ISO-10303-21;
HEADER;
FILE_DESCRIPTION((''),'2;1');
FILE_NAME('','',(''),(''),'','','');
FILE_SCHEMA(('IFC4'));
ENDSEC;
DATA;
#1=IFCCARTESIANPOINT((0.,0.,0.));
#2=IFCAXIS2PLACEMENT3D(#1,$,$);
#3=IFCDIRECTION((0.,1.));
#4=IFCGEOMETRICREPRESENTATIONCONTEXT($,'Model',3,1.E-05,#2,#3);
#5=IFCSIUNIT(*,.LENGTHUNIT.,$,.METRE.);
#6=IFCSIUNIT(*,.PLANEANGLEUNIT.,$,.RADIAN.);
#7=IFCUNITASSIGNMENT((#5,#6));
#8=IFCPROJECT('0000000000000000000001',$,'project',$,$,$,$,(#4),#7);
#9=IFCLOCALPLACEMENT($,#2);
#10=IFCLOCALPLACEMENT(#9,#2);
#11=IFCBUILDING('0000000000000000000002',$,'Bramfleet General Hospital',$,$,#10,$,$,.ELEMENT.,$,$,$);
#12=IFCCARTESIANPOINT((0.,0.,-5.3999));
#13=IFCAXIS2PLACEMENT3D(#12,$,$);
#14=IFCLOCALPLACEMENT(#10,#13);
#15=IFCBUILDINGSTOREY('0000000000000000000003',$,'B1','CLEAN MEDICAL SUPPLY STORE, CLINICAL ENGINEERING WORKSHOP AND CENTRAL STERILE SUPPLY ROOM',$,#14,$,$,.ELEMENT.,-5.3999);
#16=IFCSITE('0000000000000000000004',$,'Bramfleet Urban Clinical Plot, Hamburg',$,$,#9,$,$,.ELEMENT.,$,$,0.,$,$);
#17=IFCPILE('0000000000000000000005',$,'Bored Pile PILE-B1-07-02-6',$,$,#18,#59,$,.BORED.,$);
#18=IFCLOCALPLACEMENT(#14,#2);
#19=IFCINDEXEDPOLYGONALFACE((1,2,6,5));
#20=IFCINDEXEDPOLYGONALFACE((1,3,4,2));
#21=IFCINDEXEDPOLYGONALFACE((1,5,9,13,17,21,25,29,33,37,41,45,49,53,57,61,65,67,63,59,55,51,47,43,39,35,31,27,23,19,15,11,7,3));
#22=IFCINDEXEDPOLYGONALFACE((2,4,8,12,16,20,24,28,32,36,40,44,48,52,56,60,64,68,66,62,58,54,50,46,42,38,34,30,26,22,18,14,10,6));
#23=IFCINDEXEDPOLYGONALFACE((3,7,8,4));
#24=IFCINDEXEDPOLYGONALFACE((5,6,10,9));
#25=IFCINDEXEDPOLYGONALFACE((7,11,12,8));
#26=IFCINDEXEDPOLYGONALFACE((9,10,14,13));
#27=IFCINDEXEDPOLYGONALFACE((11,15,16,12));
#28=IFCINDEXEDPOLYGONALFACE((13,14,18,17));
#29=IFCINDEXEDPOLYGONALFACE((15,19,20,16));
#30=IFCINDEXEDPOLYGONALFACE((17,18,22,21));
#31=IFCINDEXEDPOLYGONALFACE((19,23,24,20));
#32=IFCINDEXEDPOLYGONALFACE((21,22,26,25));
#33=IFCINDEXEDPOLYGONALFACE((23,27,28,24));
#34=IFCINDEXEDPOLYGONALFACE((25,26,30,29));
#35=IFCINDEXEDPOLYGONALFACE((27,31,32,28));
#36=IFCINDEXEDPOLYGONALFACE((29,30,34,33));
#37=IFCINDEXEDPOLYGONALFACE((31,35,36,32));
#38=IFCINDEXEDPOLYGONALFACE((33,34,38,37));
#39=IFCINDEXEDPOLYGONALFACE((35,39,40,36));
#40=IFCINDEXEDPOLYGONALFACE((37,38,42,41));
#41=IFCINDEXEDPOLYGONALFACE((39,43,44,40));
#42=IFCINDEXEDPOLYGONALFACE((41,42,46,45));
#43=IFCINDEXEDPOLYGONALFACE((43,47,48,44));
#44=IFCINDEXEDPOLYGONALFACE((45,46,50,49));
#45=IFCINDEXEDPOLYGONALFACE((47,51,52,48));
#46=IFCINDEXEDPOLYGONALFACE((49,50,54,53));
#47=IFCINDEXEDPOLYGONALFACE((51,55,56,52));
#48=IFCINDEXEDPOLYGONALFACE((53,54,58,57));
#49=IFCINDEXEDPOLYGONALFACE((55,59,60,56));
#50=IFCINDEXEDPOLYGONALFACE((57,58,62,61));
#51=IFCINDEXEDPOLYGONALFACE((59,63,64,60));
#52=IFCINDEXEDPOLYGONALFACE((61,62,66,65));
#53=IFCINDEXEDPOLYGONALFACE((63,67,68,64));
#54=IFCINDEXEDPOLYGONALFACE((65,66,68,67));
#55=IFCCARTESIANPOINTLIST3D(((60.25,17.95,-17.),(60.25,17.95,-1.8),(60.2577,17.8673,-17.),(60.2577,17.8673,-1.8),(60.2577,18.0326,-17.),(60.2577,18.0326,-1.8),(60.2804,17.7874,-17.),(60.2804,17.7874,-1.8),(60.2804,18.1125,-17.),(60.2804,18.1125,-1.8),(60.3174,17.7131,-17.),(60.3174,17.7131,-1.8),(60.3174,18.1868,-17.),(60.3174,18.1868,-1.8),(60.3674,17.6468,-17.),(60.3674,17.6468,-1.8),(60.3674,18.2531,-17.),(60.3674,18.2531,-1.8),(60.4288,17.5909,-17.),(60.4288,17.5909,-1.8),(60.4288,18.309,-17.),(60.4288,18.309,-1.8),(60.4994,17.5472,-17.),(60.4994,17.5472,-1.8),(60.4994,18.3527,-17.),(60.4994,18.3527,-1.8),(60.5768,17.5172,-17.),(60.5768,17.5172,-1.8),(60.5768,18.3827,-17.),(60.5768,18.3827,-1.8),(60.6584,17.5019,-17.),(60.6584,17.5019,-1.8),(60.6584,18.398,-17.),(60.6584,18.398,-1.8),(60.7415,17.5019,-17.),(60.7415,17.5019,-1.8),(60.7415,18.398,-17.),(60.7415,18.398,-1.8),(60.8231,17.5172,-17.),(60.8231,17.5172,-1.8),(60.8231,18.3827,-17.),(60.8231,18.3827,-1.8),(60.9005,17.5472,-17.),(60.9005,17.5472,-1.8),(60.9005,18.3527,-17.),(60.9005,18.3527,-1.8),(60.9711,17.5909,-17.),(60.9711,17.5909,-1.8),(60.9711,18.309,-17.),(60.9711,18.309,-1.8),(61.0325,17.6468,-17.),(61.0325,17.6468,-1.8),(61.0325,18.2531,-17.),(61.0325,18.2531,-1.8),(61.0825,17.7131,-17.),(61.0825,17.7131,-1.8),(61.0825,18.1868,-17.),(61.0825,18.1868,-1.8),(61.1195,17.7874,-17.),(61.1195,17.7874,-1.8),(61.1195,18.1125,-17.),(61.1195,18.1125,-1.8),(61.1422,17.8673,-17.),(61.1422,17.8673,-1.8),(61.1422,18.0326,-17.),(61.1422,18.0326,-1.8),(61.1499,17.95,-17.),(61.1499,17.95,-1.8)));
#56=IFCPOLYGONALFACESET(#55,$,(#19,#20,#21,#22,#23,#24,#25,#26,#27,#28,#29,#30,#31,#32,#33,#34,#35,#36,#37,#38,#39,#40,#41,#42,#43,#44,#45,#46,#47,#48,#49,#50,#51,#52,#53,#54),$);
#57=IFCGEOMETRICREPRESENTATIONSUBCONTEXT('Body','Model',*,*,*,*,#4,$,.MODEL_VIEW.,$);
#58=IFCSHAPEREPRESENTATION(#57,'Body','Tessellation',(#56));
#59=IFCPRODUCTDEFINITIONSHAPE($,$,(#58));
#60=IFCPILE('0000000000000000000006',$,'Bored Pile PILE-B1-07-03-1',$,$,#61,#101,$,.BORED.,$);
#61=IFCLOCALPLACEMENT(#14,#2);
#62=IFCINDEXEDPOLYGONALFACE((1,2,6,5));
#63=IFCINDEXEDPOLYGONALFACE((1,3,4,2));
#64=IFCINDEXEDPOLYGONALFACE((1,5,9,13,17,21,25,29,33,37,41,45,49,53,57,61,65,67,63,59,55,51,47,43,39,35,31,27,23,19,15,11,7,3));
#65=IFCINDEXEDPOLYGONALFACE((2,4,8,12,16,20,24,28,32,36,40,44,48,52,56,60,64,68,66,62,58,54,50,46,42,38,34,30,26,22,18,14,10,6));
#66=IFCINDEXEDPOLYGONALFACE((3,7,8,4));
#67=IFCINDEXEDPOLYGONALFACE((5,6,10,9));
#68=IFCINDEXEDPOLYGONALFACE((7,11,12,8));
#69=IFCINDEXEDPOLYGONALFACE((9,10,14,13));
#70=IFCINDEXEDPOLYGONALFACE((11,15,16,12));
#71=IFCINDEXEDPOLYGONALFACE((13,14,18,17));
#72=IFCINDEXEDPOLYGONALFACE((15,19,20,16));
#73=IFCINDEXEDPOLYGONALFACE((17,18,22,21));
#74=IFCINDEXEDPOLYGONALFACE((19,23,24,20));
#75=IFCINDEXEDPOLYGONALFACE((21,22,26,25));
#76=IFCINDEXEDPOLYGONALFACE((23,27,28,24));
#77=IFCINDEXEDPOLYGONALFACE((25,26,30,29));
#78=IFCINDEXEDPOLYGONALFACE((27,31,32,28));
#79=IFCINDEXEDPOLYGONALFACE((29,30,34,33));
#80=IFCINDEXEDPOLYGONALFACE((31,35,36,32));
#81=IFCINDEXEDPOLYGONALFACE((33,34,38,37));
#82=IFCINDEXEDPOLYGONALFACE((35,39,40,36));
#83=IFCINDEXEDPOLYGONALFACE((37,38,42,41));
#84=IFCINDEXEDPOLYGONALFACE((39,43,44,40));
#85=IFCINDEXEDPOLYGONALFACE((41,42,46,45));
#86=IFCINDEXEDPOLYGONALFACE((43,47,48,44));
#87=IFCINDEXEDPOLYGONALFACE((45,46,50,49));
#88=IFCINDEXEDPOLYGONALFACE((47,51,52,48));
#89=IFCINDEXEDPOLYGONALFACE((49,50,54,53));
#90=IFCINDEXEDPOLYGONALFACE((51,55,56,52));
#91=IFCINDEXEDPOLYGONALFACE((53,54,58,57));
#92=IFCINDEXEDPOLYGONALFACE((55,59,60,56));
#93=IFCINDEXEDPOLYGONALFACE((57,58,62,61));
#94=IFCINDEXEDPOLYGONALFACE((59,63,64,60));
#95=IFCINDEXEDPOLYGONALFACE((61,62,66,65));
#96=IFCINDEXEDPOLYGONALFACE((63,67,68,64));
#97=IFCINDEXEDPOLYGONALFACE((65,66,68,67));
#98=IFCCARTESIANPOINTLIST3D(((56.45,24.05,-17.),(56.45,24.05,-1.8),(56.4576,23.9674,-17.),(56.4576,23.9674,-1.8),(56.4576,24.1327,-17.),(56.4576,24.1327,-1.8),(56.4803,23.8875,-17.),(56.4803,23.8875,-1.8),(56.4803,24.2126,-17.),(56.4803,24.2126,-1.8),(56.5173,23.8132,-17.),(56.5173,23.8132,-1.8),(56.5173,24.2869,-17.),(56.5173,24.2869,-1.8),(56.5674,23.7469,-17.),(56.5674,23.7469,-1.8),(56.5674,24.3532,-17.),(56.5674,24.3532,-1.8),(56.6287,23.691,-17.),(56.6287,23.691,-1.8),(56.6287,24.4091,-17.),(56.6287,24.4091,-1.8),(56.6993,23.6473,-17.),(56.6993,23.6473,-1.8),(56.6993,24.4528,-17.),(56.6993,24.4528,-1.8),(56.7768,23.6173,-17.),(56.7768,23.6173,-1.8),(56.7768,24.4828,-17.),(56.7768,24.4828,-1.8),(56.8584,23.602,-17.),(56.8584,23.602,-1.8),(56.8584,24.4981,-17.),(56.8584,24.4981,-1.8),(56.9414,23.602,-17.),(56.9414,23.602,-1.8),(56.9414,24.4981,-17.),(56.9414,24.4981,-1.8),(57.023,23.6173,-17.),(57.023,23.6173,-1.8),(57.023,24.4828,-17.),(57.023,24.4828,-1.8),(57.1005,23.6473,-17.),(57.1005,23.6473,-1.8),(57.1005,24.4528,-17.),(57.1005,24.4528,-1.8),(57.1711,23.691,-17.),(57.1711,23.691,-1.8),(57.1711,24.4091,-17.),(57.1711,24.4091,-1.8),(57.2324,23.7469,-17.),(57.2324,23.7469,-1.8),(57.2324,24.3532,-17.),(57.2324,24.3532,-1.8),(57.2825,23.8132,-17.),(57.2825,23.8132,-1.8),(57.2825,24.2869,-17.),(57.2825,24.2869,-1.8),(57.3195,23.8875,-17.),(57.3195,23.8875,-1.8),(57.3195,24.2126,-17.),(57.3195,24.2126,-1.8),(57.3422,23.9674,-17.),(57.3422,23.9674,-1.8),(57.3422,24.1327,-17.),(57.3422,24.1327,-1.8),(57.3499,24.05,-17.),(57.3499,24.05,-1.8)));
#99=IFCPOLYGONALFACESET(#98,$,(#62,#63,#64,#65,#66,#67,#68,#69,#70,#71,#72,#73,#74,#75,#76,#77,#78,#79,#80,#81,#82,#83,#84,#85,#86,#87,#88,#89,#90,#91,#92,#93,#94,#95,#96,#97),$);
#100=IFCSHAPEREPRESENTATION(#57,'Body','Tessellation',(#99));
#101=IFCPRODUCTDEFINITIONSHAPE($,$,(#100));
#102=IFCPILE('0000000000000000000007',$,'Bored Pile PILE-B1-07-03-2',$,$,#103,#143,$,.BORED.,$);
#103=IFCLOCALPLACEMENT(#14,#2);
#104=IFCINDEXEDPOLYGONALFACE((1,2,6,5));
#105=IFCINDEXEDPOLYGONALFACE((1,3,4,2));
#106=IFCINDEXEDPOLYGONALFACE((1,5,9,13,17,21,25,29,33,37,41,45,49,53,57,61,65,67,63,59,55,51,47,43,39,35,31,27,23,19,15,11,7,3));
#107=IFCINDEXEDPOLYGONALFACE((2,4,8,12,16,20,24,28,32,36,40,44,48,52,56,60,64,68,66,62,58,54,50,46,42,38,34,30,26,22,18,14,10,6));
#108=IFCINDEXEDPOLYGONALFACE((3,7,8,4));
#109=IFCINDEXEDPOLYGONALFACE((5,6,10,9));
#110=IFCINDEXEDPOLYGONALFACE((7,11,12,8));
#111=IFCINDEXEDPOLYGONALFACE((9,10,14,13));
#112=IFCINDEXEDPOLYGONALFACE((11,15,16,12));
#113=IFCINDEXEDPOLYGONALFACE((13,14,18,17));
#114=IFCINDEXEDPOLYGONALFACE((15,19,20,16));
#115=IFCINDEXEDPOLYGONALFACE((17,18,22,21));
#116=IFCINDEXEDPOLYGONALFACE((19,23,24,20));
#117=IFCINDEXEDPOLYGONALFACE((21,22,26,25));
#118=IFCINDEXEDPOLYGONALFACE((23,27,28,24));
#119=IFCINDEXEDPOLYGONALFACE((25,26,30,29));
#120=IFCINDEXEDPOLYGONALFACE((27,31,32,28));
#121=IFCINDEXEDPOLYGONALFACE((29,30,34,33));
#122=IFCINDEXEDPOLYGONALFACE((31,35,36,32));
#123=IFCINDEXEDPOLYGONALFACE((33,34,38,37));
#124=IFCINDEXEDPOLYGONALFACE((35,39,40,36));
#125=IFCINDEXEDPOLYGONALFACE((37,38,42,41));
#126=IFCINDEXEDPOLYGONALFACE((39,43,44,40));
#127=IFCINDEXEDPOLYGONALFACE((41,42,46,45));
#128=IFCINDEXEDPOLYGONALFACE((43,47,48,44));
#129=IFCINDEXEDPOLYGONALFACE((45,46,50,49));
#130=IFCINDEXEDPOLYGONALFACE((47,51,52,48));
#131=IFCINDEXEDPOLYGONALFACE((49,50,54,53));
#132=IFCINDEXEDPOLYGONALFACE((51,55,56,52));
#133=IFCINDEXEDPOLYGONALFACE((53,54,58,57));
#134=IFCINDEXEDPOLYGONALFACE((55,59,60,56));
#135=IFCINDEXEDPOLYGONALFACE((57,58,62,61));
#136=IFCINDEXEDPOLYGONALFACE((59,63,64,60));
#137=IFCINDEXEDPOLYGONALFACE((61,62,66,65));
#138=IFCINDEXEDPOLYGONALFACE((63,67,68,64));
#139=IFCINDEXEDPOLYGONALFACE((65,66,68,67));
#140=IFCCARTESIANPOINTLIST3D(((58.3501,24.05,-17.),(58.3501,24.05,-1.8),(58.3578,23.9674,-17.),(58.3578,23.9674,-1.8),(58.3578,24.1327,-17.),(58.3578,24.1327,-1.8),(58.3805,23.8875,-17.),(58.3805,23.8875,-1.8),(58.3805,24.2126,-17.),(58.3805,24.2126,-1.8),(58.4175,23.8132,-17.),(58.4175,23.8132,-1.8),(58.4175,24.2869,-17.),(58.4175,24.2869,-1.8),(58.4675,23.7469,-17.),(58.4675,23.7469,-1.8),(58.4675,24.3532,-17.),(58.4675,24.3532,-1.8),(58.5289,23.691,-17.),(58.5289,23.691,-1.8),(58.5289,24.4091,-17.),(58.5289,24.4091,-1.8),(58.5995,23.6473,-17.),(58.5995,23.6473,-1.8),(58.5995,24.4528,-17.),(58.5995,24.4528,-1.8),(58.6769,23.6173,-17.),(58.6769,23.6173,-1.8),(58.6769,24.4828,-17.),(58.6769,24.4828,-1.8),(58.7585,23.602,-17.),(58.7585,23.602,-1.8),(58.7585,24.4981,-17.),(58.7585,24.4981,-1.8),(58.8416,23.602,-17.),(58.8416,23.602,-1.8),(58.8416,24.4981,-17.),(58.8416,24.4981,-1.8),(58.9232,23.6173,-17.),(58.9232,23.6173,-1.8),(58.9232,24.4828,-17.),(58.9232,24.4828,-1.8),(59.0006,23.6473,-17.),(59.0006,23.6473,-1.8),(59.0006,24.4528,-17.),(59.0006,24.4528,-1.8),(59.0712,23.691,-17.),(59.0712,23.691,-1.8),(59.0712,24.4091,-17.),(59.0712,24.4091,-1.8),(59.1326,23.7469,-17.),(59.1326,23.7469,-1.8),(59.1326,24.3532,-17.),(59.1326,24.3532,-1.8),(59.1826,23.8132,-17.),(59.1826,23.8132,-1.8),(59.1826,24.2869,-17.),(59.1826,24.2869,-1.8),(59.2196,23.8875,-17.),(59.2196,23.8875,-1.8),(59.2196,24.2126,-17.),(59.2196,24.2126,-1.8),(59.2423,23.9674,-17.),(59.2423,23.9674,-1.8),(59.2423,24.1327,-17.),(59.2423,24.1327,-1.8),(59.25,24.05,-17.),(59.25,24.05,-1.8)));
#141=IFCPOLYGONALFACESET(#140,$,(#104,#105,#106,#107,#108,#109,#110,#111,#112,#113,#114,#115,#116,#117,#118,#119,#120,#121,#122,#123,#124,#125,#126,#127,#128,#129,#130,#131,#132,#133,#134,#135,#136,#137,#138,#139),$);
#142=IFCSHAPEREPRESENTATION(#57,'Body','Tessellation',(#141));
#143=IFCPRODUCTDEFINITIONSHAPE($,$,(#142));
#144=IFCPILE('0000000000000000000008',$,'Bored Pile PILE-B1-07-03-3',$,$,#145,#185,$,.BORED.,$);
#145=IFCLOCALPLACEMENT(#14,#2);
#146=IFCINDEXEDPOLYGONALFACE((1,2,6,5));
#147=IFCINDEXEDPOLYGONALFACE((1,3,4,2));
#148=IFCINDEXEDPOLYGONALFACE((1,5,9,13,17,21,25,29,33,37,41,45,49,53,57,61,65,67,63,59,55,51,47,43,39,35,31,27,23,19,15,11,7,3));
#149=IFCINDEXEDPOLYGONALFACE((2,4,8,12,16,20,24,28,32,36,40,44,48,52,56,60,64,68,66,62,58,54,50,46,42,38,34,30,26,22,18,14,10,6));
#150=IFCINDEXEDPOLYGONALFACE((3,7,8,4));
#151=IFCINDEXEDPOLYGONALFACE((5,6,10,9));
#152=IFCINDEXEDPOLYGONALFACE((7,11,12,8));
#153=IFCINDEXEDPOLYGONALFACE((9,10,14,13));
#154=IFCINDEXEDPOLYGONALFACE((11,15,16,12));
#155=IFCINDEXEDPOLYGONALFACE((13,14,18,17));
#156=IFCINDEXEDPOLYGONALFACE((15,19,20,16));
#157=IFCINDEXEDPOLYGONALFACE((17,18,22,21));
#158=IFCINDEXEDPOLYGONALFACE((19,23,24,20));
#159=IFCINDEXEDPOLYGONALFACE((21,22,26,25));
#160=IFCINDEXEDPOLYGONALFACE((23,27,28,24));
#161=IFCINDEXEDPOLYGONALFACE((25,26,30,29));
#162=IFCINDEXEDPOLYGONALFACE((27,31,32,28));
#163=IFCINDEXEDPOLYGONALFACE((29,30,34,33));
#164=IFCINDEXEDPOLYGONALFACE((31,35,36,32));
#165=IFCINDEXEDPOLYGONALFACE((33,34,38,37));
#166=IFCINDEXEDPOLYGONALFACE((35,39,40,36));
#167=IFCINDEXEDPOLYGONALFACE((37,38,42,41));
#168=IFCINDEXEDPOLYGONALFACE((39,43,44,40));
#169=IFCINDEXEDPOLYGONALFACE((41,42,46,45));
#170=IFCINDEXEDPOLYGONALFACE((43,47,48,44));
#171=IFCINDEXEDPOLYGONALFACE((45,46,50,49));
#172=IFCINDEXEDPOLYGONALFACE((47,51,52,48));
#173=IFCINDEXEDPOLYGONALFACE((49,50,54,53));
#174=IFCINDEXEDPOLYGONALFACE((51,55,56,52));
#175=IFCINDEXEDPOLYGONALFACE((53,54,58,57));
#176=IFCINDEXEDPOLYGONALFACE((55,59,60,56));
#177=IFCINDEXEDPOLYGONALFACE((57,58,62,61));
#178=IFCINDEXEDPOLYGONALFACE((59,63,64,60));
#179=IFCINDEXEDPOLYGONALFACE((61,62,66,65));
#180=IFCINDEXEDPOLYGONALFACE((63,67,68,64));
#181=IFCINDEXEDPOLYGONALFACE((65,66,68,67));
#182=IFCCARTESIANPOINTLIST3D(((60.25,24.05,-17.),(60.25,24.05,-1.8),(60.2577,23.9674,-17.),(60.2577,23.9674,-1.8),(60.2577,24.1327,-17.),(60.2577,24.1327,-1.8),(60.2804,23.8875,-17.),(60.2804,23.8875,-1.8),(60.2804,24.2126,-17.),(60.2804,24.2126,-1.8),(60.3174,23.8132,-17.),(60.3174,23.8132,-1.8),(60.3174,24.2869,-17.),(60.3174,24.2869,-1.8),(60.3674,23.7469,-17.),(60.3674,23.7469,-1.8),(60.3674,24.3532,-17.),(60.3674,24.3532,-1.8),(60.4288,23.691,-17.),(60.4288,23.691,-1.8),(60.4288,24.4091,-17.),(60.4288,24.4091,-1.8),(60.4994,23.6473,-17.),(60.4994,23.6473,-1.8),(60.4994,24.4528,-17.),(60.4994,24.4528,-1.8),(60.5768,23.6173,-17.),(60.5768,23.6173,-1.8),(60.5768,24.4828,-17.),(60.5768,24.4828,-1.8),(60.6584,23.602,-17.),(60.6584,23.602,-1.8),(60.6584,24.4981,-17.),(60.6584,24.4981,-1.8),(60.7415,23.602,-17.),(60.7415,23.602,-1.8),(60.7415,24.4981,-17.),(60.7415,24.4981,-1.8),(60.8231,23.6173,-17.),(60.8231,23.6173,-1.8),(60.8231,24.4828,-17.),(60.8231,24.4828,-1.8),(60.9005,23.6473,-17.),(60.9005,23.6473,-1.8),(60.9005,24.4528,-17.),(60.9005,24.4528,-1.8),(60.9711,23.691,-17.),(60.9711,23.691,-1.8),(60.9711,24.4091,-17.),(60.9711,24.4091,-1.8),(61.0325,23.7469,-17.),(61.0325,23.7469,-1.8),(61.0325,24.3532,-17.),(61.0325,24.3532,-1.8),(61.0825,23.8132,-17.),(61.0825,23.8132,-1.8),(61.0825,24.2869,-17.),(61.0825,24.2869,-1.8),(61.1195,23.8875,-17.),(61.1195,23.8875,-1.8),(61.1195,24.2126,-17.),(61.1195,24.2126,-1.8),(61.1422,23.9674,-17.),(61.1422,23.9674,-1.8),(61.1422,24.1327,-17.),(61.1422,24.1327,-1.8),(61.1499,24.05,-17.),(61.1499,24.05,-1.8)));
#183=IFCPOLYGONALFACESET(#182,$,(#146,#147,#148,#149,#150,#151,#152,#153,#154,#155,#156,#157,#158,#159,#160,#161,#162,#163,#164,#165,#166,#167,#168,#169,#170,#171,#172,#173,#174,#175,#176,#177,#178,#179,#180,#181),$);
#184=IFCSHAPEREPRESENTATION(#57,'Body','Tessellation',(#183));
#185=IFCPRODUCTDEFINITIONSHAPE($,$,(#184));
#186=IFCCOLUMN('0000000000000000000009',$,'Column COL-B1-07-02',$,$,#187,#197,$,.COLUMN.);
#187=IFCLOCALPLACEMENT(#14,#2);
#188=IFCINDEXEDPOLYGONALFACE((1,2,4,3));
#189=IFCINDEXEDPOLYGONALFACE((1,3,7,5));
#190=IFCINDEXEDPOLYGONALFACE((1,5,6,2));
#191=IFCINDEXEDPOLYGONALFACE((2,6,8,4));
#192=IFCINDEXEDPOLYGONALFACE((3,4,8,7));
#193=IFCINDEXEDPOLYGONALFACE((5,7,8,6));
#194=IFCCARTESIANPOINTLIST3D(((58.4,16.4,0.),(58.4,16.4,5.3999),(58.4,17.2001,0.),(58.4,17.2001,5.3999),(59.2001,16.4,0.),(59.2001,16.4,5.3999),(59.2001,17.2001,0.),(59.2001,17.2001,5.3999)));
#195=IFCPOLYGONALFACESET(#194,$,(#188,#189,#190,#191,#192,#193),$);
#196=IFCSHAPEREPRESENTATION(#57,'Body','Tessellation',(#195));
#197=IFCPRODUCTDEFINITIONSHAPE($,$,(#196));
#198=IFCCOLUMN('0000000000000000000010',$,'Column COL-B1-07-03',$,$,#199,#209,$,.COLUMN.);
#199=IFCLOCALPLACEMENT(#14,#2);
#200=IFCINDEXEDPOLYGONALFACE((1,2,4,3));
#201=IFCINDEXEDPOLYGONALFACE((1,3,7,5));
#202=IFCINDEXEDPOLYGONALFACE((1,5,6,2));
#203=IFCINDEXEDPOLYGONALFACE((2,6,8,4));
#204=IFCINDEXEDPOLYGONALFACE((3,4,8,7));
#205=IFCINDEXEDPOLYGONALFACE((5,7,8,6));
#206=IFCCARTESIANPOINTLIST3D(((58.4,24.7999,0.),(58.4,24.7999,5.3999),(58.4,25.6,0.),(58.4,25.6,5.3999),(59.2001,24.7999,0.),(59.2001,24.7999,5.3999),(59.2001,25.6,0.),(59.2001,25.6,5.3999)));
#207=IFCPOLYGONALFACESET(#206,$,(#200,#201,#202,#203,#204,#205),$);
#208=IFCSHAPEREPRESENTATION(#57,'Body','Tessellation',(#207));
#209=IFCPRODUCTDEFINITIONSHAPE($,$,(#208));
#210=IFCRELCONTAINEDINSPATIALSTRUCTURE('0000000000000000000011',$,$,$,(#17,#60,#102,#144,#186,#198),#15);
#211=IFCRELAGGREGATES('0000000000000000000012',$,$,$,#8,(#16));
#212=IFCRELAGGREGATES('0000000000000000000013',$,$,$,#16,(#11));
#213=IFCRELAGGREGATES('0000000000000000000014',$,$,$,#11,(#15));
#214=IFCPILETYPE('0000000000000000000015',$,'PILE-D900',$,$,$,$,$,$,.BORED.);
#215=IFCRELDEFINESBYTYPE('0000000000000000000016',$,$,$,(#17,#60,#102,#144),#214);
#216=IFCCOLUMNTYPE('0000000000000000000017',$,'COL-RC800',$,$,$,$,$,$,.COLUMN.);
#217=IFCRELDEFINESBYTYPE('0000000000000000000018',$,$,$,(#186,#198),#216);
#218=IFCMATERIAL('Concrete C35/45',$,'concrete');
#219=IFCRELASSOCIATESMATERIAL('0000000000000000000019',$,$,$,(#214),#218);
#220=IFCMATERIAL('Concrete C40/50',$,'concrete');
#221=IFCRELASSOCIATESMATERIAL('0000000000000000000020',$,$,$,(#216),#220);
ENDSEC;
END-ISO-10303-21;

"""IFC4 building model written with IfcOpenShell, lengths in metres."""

from ifc_helpers import new_model, si_unit, direction, frame, origin, origin_2d, place, context, subcontext, project, spatial, rectangle, circle, extrude, material, material_profile, profile_set, type_object, element, save


model = new_model("IFC4")

# Units and contexts
model_context = context("Model", 3, precision=1e-05, world=origin(), true_north=direction((0.0, 1.0)))
body_context = subcontext(model_context, "Body", "Model", "MODEL_VIEW")
ifc_project = project(units=[si_unit("LENGTHUNIT", "METRE"), si_unit("PLANEANGLEUNIT", "RADIAN")], contexts=[model_context])

# Site, building, storey
site_placement = place(None, origin())
site = spatial("IfcSite", under=ifc_project, at=site_placement, Name="Bramfleet Urban Clinical Plot, Hamburg", CompositionType="ELEMENT", RefElevation=0.0)
building_placement = place(site_placement, origin())
building = spatial("IfcBuilding", under=site, at=building_placement, Name="Bramfleet General Hospital", CompositionType="ELEMENT")
storey_placement = place(building_placement, frame((0.0, 0.0, -5.3999)))
storey = spatial("IfcBuildingStorey", under=building, at=storey_placement, Name="B1", Description="CLEAN MEDICAL SUPPLY STORE, CLINICAL ENGINEERING WORKSHOP AND CENTRAL STERILE SUPPLY ROOM", CompositionType="ELEMENT", Elevation=-5.3999)

# Shared definitions
ifc_material_1 = material(Name="Concrete C35/45", Category="concrete")

# Piles
ifc_material_profile_1 = material_profile(ifc_material_1, circle(Radius=0.45, at=origin_2d()), Name="PILE BORED D900")
ifc_profile_set_1 = profile_set([ifc_material_profile_1], Name="Concrete C35/45")
pile_type_1 = type_object("IfcPileType", Name="PILE-D900", PredefinedType="BORED", material=ifc_profile_set_1)
for number, where, z_axis, x_axis, name in (
    (1, (60.7, 17.95, -1.8), (0.0, 0.0, -1.0), (1.0, 0.0, 0.0), "Bored Pile PILE-B1-07-02-6"),
    (2, (56.8999, 24.05, -1.8), (0.0, 0.0, -1.0), (1.0, 0.0, 0.0), "Bored Pile PILE-B1-07-03-1"),
    (3, (58.8, 24.05, -1.8), (0.0, 0.0, -1.0), (1.0, 0.0, 0.0), "Bored Pile PILE-B1-07-03-2"),
    (4, (60.7, 24.05, -1.8), (0.0, 0.0, -1.0), (1.0, 0.0, 0.0), "Bored Pile PILE-B1-07-03-3"),
):
    element("IfcPile", number, at=place(storey_placement, frame(where, z_axis=z_axis, x_axis=x_axis)), inside=storey, type_object=pile_type_1, Name=name, PredefinedType="BORED", context=body_context, shape_type="SweptSolid", body=[
        extrude(circle(Radius=0.45, at=origin_2d()), origin(), (0.0, 0.0, 1.0), 15.2),
    ])

# Columns
ifc_material_2 = material(Name="Concrete C40/50", Category="concrete")
ifc_material_profile_2 = material_profile(ifc_material_2, rectangle(XDim=0.8, YDim=0.8, at=origin_2d()), Name="RC COL 800x800")
ifc_profile_set_2 = profile_set([ifc_material_profile_2], Name="Concrete C40/50")
column_type = type_object("IfcColumnType", Name="COL-RC800", PredefinedType="COLUMN", material=ifc_profile_set_2)
for number, where, z_axis, x_axis, name in (
    (5, (58.8, 16.8, 0.0), (0.0, 0.0, 1.0), (1.0, 0.0, 0.0), "Column COL-B1-07-02"),
    (6, (58.8, 25.2, 0.0), (0.0, 0.0, 1.0), (1.0, 0.0, 0.0), "Column COL-B1-07-03"),
):
    element("IfcColumn", number, at=place(storey_placement, frame(where, z_axis=z_axis, x_axis=x_axis)), inside=storey, type_object=column_type, Name=name, PredefinedType="COLUMN", context=body_context, shape_type="SweptSolid", body=[
        extrude(rectangle(XDim=0.8, YDim=0.8, at=origin_2d()), origin(), (0.0, 0.0, 1.0), 5.3999),
    ])

save(model, "model.ifc")
